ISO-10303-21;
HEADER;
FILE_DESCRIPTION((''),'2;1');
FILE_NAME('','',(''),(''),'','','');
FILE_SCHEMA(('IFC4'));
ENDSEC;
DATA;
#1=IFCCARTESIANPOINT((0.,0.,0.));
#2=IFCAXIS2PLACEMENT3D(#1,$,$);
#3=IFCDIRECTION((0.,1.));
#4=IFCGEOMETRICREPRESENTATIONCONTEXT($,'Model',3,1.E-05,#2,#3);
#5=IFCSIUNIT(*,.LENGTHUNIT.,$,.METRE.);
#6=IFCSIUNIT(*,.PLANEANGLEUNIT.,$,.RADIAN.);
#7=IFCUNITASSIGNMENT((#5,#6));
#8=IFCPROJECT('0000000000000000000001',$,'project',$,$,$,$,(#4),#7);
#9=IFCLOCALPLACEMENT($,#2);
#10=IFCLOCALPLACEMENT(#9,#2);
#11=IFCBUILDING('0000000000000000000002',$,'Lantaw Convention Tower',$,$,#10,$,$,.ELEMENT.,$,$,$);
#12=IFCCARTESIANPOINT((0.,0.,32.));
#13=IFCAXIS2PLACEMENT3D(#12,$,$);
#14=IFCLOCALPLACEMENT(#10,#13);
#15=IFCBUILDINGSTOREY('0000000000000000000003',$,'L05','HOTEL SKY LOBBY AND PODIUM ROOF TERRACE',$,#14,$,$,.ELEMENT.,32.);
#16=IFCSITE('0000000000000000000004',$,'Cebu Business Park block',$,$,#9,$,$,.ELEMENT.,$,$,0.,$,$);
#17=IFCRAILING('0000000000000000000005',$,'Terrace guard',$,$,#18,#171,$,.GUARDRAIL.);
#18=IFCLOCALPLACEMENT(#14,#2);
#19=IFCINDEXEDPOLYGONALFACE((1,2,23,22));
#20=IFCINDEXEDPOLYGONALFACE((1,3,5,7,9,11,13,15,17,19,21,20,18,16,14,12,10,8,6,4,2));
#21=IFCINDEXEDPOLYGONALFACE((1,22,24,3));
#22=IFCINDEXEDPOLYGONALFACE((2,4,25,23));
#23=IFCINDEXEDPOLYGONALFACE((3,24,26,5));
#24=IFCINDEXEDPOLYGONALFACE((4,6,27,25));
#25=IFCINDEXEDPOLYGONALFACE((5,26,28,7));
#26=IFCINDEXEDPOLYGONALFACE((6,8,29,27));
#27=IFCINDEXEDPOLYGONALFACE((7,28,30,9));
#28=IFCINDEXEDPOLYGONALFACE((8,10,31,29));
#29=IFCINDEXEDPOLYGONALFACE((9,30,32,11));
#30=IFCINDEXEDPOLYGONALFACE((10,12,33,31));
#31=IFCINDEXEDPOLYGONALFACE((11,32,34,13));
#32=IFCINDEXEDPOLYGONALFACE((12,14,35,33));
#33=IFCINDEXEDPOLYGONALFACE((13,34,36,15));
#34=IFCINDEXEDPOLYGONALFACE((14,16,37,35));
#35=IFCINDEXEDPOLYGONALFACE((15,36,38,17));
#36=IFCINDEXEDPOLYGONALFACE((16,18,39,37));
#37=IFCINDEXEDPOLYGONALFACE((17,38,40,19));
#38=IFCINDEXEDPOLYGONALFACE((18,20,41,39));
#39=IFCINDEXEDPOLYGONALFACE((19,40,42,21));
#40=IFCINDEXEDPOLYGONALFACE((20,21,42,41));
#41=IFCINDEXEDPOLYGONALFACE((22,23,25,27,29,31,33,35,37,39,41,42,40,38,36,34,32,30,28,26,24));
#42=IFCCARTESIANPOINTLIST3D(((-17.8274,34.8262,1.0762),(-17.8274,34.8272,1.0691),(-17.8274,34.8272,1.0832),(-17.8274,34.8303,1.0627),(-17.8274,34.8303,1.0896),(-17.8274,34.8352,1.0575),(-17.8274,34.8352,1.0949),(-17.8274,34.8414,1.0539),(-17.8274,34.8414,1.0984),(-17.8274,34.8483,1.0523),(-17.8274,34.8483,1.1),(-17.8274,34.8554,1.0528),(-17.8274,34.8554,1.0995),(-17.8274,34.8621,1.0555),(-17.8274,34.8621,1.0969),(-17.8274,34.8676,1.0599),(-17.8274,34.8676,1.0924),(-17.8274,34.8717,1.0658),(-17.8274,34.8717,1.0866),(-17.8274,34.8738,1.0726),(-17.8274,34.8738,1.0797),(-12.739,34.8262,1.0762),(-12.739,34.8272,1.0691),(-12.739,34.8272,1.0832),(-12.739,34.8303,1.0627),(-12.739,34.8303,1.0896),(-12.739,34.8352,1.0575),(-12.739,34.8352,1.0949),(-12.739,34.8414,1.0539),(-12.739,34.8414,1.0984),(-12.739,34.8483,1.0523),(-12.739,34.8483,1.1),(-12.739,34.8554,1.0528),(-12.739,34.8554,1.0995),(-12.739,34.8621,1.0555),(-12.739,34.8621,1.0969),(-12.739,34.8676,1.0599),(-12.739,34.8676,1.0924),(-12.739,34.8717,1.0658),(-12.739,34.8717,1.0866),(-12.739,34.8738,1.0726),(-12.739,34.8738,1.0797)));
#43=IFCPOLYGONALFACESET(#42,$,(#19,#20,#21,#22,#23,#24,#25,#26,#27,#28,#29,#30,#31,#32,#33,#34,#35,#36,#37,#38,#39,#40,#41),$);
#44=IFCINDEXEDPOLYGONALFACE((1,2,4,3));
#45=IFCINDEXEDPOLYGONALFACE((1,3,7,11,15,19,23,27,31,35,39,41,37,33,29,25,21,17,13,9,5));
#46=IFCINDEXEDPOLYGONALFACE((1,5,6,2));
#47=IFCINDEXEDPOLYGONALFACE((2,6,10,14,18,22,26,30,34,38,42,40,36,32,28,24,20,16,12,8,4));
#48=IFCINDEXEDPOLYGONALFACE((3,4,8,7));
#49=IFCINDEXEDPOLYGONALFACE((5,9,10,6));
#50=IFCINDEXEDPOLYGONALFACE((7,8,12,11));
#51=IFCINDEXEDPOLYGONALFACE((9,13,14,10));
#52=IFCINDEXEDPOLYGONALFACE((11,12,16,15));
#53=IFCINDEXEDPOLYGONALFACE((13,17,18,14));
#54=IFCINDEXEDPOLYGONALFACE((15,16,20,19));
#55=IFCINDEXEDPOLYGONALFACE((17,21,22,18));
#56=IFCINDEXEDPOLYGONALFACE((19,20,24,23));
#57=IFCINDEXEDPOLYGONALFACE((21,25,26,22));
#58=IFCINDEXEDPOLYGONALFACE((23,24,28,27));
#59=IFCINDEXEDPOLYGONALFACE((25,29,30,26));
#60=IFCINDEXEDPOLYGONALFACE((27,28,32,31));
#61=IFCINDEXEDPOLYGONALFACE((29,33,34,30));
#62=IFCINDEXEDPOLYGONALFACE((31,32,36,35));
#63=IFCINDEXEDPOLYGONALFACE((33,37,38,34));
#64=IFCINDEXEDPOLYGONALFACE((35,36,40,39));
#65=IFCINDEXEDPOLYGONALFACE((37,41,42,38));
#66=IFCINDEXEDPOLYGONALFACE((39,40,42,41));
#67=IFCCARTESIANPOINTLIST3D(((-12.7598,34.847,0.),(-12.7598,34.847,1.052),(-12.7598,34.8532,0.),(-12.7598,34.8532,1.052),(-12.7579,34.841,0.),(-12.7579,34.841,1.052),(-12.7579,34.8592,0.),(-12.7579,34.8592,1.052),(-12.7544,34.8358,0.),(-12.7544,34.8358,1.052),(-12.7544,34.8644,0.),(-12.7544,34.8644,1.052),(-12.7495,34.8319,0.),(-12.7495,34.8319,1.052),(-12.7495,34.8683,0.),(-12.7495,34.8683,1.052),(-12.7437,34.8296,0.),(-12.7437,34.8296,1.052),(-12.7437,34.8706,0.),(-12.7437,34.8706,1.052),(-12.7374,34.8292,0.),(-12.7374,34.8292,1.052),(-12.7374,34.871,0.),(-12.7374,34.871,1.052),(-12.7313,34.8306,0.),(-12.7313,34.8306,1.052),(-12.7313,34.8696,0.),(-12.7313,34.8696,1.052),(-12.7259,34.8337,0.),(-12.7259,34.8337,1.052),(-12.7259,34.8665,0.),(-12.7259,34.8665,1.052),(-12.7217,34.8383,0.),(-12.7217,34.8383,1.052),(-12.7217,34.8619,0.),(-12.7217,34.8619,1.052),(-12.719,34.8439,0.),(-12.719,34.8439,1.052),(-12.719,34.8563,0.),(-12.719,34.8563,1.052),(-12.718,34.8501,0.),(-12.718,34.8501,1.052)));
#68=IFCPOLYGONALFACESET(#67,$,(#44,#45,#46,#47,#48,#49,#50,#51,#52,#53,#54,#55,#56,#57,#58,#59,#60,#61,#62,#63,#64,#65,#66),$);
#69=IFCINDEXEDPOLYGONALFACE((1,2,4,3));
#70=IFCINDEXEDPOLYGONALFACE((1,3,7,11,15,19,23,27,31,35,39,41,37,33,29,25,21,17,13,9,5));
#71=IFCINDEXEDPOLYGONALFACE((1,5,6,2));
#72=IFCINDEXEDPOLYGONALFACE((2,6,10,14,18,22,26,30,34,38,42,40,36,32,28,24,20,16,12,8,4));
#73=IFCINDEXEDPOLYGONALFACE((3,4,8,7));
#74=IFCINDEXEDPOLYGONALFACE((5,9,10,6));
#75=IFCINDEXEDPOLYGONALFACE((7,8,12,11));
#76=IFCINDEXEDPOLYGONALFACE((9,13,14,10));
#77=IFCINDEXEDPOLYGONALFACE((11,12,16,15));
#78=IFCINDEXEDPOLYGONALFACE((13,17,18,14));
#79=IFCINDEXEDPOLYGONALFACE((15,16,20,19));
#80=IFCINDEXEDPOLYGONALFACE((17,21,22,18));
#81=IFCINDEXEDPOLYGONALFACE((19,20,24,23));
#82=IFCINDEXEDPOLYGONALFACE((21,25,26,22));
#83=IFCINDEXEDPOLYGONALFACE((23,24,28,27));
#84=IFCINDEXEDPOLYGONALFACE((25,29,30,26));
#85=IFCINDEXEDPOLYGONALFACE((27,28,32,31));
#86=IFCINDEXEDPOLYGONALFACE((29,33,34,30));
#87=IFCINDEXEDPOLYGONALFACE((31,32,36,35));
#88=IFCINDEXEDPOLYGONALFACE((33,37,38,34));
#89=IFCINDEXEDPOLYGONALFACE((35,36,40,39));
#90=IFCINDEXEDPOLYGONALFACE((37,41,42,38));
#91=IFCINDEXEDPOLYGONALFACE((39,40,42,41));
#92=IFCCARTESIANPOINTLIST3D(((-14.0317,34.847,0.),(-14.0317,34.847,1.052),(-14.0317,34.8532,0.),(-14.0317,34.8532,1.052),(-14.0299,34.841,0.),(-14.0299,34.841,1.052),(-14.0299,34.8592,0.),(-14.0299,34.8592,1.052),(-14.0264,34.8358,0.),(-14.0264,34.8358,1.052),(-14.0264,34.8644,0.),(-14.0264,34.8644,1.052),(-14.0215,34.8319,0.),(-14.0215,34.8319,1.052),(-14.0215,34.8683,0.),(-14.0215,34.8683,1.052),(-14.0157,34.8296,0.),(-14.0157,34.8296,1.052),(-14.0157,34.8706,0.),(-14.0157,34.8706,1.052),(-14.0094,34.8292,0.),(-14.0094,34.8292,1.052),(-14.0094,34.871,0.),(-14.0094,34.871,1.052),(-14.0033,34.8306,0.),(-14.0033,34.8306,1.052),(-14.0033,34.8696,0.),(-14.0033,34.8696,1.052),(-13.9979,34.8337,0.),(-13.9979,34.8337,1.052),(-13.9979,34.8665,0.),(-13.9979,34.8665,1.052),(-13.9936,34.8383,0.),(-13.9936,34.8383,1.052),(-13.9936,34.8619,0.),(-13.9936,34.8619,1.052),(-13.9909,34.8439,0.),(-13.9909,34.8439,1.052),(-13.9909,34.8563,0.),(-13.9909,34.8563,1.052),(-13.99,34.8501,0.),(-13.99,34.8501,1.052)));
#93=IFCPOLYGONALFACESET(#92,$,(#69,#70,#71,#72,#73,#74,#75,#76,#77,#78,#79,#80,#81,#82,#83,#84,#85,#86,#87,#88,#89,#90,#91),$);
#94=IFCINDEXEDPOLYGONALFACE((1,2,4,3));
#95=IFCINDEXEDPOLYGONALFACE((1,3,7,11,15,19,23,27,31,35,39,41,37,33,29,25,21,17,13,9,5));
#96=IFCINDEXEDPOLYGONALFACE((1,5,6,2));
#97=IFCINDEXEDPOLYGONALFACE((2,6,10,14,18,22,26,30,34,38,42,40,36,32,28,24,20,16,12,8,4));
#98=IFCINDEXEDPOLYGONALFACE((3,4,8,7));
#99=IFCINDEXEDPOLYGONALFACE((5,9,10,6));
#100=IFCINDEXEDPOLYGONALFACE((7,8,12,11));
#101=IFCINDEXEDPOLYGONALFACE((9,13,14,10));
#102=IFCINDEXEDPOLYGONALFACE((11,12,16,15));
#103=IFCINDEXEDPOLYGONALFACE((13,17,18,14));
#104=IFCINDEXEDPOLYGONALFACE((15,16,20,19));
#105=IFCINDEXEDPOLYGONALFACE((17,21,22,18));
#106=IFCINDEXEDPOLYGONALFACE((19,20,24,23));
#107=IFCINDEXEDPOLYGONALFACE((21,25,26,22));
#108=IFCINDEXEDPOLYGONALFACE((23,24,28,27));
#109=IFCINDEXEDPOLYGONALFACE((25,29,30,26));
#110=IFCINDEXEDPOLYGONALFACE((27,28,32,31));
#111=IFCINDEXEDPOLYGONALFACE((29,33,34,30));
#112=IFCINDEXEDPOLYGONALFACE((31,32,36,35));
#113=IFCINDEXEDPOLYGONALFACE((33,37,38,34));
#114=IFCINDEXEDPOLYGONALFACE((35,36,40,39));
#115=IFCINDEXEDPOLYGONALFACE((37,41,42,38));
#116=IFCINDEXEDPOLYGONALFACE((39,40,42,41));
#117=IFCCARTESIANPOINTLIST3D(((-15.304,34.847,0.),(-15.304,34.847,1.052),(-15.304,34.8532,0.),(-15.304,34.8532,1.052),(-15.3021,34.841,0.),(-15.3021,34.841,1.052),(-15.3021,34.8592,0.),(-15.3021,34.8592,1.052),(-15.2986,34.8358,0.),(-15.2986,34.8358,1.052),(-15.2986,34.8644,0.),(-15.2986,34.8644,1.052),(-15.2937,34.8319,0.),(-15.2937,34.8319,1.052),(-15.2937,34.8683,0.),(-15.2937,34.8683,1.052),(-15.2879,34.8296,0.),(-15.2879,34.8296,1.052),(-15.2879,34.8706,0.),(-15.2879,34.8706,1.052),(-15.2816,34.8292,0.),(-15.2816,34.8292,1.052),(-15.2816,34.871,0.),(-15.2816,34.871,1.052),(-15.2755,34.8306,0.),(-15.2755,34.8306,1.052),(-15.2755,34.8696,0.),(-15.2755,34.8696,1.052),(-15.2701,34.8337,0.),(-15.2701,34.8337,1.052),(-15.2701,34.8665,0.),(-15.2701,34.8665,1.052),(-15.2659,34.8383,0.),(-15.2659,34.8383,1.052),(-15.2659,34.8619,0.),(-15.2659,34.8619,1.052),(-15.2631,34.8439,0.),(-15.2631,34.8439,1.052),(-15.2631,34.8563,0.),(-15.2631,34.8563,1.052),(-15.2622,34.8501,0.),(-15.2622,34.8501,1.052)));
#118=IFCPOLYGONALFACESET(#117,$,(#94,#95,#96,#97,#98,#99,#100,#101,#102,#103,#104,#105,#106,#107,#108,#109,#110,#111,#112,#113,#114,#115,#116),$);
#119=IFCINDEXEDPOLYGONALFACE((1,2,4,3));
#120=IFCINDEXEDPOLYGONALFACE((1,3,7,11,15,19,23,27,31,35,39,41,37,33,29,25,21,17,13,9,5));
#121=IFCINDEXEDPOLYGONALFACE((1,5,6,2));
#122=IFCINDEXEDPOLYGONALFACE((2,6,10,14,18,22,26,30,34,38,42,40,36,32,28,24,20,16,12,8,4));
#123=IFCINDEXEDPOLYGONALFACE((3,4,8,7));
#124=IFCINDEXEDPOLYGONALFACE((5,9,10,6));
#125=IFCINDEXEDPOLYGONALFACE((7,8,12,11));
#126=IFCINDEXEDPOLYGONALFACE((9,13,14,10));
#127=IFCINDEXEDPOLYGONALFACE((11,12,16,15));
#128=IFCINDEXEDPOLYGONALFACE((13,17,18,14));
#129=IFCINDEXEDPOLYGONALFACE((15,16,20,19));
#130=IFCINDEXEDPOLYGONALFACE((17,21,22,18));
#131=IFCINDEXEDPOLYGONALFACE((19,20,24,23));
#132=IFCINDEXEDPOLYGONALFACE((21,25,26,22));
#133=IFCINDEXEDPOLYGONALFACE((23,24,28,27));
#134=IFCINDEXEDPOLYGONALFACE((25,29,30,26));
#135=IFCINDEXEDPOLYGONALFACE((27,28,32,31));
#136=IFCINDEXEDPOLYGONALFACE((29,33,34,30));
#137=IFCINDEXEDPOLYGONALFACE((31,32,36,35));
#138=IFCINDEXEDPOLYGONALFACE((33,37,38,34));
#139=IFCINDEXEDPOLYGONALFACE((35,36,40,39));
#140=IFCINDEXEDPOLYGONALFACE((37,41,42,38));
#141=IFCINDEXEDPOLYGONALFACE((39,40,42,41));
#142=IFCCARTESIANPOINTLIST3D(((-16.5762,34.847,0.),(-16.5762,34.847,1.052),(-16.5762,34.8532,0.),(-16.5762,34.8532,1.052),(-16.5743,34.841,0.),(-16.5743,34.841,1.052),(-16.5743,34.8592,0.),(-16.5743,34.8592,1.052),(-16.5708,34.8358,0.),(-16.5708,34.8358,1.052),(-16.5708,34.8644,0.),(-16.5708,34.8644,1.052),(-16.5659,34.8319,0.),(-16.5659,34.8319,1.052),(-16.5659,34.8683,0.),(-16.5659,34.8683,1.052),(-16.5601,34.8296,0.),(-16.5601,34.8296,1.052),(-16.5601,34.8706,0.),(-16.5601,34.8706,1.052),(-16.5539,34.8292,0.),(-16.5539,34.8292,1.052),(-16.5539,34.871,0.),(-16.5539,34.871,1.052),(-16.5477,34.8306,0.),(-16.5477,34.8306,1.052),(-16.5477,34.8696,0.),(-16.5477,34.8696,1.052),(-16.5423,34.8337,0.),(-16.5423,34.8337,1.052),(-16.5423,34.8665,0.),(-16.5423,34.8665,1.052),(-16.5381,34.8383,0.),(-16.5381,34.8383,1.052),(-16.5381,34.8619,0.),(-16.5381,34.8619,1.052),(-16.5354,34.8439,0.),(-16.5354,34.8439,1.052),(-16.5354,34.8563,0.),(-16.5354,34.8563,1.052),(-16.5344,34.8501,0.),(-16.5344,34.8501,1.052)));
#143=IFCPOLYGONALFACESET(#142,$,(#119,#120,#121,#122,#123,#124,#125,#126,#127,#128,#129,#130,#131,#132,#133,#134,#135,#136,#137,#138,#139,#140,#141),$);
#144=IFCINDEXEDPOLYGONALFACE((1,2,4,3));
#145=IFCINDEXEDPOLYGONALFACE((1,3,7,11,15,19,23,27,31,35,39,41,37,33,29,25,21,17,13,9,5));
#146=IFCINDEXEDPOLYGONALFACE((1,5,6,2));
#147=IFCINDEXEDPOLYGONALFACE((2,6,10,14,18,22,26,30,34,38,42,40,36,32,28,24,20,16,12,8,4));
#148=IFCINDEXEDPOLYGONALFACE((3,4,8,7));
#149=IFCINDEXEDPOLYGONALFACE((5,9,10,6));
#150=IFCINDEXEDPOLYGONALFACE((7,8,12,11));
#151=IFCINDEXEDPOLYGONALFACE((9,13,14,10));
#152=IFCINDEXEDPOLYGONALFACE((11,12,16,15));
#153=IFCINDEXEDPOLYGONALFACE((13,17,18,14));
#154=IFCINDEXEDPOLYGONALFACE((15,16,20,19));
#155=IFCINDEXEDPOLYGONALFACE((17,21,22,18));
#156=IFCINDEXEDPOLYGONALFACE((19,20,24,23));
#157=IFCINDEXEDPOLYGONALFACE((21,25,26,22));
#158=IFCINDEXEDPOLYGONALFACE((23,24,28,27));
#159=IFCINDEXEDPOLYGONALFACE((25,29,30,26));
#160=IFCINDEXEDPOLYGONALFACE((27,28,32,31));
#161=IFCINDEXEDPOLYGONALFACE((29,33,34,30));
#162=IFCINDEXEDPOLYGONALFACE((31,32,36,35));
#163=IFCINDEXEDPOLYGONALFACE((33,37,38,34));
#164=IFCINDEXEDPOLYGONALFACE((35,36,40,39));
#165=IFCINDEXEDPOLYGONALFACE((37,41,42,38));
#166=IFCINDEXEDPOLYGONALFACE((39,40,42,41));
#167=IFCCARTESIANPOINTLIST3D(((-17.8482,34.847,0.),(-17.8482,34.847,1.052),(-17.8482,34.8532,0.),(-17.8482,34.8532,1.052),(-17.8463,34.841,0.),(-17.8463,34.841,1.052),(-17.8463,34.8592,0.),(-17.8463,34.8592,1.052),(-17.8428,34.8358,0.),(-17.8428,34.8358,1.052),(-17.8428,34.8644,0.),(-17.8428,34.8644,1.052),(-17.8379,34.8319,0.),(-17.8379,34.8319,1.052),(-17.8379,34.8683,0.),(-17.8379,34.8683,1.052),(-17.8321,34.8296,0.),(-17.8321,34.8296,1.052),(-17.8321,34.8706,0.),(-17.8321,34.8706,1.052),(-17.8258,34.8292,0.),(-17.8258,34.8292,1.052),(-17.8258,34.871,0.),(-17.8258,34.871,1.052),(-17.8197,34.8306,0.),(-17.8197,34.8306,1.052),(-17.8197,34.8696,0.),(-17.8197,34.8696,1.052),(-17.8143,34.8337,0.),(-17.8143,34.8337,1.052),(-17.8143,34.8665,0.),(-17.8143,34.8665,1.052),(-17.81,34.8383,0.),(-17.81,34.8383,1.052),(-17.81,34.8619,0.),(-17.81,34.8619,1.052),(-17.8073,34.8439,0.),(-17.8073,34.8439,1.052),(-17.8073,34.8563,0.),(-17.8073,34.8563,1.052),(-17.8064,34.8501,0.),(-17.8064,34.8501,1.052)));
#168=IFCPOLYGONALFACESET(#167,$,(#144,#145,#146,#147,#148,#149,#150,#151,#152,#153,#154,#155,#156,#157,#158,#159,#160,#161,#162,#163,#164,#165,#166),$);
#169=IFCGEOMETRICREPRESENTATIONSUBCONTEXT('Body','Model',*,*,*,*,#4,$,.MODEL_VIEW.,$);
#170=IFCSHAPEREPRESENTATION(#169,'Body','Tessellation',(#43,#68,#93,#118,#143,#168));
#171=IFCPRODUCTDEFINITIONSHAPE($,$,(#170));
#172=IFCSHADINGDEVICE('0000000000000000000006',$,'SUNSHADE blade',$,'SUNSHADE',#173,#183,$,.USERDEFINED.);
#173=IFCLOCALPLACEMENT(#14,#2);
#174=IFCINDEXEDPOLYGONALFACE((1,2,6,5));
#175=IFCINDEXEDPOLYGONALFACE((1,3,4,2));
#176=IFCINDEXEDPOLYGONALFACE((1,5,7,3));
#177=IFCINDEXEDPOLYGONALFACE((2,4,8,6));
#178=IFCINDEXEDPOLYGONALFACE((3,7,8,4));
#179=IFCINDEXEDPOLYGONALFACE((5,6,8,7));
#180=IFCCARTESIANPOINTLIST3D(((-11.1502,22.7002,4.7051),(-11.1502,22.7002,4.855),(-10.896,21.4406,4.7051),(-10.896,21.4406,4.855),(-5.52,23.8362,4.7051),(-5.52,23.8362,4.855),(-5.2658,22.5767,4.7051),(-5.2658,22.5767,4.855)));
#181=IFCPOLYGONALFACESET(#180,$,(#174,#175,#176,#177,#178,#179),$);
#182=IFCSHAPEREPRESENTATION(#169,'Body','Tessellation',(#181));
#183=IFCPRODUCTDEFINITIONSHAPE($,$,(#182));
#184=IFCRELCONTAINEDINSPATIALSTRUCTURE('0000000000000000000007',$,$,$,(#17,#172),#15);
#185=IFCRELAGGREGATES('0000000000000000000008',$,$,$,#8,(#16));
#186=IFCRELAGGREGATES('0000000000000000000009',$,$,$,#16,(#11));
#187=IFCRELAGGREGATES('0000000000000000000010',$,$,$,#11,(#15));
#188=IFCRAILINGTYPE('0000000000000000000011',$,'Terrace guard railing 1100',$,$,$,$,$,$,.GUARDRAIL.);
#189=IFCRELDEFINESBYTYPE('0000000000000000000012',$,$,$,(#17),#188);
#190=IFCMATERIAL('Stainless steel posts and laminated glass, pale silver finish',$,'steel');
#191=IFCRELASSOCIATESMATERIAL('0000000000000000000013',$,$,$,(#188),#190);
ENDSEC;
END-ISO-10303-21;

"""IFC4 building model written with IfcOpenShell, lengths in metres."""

from ifc_helpers import new_model, si_unit, direction, frame, origin, origin_2d, place, context, subcontext, project, spatial, rectangle, circle, extrude, material, type_object, element, save


model = new_model("IFC4")

# Units and contexts
model_context = context("Model", 3, precision=1e-05, world=origin(), true_north=direction((0.0, 1.0)))
body_context = subcontext(model_context, "Body", "Model", "MODEL_VIEW")
ifc_project = project(units=[si_unit("LENGTHUNIT", "METRE"), si_unit("PLANEANGLEUNIT", "RADIAN")], contexts=[model_context])

# Site, building, storey
site_placement = place(None, origin())
site = spatial("IfcSite", under=ifc_project, at=site_placement, Name="Cebu Business Park block", CompositionType="ELEMENT", RefElevation=0.0)
building_placement = place(site_placement, origin())
building = spatial("IfcBuilding", under=site, at=building_placement, Name="Lantaw Convention Tower", CompositionType="ELEMENT")
storey_placement = place(building_placement, frame((0.0, 0.0, 32.0)))
storey = spatial("IfcBuildingStorey", under=building, at=storey_placement, Name="L05", Description="HOTEL SKY LOBBY AND PODIUM ROOF TERRACE", CompositionType="ELEMENT", Elevation=32.0)

# Railing
ifc_material_1 = material(Name="Stainless steel posts and laminated glass, pale silver finish", Category="steel")
railing_type = type_object("IfcRailingType", Name="Terrace guard railing 1100", PredefinedType="GUARDRAIL", material=ifc_material_1)
railing_1_placement = place(storey_placement, frame((-12.739, 34.8501, 0.0)))
element("IfcRailing", 1, at=railing_1_placement, inside=storey, type_object=railing_type, Name="Terrace guard", PredefinedType="GUARDRAIL", context=body_context, shape_type="SweptSolid", body=[
    extrude(circle(Radius=0.0239, at=origin_2d()), frame((0.0, 0.0, 1.0762), z_axis=(-1.0, 0.0, 0.0), x_axis=(0.0, -1.0, 0.0)), (0.0, 0.0, 1.0), 5.0884),
    extrude(circle(Radius=0.021, at=origin_2d()), origin(), (0.0, 0.0, 1.0), 1.052),
    extrude(circle(Radius=0.021, at=origin_2d()), frame((-1.272, 0.0, 0.0)), (0.0, 0.0, 1.0), 1.052),
    extrude(circle(Radius=0.021, at=origin_2d()), frame((-2.5442, 0.0, 0.0)), (0.0, 0.0, 1.0), 1.052),
    extrude(circle(Radius=0.021, at=origin_2d()), frame((-3.8164, 0.0, 0.0)), (0.0, 0.0, 1.0), 1.052),
    extrude(circle(Radius=0.021, at=origin_2d()), frame((-5.0884, 0.0, 0.0)), (0.0, 0.0, 1.0), 1.052),
])

# Shading device
shading_device_placement = place(storey_placement, frame((-8.208, 22.6384, 4.7051), z_axis=(0.0, 0.0, 1.0), x_axis=(-0.980245, -0.197789, 0.0)))
element("IfcShadingDevice", 2, at=shading_device_placement, inside=storey, Name="SUNSHADE blade", ObjectType="SUNSHADE", PredefinedType="USERDEFINED", context=body_context, shape_type="SweptSolid", body=[
    extrude(rectangle(XDim=5.7437, YDim=1.2849, at=origin_2d()), origin(), (0.0, 0.0, 1.0), 0.1499),
])

save(model, "model.ifc")
